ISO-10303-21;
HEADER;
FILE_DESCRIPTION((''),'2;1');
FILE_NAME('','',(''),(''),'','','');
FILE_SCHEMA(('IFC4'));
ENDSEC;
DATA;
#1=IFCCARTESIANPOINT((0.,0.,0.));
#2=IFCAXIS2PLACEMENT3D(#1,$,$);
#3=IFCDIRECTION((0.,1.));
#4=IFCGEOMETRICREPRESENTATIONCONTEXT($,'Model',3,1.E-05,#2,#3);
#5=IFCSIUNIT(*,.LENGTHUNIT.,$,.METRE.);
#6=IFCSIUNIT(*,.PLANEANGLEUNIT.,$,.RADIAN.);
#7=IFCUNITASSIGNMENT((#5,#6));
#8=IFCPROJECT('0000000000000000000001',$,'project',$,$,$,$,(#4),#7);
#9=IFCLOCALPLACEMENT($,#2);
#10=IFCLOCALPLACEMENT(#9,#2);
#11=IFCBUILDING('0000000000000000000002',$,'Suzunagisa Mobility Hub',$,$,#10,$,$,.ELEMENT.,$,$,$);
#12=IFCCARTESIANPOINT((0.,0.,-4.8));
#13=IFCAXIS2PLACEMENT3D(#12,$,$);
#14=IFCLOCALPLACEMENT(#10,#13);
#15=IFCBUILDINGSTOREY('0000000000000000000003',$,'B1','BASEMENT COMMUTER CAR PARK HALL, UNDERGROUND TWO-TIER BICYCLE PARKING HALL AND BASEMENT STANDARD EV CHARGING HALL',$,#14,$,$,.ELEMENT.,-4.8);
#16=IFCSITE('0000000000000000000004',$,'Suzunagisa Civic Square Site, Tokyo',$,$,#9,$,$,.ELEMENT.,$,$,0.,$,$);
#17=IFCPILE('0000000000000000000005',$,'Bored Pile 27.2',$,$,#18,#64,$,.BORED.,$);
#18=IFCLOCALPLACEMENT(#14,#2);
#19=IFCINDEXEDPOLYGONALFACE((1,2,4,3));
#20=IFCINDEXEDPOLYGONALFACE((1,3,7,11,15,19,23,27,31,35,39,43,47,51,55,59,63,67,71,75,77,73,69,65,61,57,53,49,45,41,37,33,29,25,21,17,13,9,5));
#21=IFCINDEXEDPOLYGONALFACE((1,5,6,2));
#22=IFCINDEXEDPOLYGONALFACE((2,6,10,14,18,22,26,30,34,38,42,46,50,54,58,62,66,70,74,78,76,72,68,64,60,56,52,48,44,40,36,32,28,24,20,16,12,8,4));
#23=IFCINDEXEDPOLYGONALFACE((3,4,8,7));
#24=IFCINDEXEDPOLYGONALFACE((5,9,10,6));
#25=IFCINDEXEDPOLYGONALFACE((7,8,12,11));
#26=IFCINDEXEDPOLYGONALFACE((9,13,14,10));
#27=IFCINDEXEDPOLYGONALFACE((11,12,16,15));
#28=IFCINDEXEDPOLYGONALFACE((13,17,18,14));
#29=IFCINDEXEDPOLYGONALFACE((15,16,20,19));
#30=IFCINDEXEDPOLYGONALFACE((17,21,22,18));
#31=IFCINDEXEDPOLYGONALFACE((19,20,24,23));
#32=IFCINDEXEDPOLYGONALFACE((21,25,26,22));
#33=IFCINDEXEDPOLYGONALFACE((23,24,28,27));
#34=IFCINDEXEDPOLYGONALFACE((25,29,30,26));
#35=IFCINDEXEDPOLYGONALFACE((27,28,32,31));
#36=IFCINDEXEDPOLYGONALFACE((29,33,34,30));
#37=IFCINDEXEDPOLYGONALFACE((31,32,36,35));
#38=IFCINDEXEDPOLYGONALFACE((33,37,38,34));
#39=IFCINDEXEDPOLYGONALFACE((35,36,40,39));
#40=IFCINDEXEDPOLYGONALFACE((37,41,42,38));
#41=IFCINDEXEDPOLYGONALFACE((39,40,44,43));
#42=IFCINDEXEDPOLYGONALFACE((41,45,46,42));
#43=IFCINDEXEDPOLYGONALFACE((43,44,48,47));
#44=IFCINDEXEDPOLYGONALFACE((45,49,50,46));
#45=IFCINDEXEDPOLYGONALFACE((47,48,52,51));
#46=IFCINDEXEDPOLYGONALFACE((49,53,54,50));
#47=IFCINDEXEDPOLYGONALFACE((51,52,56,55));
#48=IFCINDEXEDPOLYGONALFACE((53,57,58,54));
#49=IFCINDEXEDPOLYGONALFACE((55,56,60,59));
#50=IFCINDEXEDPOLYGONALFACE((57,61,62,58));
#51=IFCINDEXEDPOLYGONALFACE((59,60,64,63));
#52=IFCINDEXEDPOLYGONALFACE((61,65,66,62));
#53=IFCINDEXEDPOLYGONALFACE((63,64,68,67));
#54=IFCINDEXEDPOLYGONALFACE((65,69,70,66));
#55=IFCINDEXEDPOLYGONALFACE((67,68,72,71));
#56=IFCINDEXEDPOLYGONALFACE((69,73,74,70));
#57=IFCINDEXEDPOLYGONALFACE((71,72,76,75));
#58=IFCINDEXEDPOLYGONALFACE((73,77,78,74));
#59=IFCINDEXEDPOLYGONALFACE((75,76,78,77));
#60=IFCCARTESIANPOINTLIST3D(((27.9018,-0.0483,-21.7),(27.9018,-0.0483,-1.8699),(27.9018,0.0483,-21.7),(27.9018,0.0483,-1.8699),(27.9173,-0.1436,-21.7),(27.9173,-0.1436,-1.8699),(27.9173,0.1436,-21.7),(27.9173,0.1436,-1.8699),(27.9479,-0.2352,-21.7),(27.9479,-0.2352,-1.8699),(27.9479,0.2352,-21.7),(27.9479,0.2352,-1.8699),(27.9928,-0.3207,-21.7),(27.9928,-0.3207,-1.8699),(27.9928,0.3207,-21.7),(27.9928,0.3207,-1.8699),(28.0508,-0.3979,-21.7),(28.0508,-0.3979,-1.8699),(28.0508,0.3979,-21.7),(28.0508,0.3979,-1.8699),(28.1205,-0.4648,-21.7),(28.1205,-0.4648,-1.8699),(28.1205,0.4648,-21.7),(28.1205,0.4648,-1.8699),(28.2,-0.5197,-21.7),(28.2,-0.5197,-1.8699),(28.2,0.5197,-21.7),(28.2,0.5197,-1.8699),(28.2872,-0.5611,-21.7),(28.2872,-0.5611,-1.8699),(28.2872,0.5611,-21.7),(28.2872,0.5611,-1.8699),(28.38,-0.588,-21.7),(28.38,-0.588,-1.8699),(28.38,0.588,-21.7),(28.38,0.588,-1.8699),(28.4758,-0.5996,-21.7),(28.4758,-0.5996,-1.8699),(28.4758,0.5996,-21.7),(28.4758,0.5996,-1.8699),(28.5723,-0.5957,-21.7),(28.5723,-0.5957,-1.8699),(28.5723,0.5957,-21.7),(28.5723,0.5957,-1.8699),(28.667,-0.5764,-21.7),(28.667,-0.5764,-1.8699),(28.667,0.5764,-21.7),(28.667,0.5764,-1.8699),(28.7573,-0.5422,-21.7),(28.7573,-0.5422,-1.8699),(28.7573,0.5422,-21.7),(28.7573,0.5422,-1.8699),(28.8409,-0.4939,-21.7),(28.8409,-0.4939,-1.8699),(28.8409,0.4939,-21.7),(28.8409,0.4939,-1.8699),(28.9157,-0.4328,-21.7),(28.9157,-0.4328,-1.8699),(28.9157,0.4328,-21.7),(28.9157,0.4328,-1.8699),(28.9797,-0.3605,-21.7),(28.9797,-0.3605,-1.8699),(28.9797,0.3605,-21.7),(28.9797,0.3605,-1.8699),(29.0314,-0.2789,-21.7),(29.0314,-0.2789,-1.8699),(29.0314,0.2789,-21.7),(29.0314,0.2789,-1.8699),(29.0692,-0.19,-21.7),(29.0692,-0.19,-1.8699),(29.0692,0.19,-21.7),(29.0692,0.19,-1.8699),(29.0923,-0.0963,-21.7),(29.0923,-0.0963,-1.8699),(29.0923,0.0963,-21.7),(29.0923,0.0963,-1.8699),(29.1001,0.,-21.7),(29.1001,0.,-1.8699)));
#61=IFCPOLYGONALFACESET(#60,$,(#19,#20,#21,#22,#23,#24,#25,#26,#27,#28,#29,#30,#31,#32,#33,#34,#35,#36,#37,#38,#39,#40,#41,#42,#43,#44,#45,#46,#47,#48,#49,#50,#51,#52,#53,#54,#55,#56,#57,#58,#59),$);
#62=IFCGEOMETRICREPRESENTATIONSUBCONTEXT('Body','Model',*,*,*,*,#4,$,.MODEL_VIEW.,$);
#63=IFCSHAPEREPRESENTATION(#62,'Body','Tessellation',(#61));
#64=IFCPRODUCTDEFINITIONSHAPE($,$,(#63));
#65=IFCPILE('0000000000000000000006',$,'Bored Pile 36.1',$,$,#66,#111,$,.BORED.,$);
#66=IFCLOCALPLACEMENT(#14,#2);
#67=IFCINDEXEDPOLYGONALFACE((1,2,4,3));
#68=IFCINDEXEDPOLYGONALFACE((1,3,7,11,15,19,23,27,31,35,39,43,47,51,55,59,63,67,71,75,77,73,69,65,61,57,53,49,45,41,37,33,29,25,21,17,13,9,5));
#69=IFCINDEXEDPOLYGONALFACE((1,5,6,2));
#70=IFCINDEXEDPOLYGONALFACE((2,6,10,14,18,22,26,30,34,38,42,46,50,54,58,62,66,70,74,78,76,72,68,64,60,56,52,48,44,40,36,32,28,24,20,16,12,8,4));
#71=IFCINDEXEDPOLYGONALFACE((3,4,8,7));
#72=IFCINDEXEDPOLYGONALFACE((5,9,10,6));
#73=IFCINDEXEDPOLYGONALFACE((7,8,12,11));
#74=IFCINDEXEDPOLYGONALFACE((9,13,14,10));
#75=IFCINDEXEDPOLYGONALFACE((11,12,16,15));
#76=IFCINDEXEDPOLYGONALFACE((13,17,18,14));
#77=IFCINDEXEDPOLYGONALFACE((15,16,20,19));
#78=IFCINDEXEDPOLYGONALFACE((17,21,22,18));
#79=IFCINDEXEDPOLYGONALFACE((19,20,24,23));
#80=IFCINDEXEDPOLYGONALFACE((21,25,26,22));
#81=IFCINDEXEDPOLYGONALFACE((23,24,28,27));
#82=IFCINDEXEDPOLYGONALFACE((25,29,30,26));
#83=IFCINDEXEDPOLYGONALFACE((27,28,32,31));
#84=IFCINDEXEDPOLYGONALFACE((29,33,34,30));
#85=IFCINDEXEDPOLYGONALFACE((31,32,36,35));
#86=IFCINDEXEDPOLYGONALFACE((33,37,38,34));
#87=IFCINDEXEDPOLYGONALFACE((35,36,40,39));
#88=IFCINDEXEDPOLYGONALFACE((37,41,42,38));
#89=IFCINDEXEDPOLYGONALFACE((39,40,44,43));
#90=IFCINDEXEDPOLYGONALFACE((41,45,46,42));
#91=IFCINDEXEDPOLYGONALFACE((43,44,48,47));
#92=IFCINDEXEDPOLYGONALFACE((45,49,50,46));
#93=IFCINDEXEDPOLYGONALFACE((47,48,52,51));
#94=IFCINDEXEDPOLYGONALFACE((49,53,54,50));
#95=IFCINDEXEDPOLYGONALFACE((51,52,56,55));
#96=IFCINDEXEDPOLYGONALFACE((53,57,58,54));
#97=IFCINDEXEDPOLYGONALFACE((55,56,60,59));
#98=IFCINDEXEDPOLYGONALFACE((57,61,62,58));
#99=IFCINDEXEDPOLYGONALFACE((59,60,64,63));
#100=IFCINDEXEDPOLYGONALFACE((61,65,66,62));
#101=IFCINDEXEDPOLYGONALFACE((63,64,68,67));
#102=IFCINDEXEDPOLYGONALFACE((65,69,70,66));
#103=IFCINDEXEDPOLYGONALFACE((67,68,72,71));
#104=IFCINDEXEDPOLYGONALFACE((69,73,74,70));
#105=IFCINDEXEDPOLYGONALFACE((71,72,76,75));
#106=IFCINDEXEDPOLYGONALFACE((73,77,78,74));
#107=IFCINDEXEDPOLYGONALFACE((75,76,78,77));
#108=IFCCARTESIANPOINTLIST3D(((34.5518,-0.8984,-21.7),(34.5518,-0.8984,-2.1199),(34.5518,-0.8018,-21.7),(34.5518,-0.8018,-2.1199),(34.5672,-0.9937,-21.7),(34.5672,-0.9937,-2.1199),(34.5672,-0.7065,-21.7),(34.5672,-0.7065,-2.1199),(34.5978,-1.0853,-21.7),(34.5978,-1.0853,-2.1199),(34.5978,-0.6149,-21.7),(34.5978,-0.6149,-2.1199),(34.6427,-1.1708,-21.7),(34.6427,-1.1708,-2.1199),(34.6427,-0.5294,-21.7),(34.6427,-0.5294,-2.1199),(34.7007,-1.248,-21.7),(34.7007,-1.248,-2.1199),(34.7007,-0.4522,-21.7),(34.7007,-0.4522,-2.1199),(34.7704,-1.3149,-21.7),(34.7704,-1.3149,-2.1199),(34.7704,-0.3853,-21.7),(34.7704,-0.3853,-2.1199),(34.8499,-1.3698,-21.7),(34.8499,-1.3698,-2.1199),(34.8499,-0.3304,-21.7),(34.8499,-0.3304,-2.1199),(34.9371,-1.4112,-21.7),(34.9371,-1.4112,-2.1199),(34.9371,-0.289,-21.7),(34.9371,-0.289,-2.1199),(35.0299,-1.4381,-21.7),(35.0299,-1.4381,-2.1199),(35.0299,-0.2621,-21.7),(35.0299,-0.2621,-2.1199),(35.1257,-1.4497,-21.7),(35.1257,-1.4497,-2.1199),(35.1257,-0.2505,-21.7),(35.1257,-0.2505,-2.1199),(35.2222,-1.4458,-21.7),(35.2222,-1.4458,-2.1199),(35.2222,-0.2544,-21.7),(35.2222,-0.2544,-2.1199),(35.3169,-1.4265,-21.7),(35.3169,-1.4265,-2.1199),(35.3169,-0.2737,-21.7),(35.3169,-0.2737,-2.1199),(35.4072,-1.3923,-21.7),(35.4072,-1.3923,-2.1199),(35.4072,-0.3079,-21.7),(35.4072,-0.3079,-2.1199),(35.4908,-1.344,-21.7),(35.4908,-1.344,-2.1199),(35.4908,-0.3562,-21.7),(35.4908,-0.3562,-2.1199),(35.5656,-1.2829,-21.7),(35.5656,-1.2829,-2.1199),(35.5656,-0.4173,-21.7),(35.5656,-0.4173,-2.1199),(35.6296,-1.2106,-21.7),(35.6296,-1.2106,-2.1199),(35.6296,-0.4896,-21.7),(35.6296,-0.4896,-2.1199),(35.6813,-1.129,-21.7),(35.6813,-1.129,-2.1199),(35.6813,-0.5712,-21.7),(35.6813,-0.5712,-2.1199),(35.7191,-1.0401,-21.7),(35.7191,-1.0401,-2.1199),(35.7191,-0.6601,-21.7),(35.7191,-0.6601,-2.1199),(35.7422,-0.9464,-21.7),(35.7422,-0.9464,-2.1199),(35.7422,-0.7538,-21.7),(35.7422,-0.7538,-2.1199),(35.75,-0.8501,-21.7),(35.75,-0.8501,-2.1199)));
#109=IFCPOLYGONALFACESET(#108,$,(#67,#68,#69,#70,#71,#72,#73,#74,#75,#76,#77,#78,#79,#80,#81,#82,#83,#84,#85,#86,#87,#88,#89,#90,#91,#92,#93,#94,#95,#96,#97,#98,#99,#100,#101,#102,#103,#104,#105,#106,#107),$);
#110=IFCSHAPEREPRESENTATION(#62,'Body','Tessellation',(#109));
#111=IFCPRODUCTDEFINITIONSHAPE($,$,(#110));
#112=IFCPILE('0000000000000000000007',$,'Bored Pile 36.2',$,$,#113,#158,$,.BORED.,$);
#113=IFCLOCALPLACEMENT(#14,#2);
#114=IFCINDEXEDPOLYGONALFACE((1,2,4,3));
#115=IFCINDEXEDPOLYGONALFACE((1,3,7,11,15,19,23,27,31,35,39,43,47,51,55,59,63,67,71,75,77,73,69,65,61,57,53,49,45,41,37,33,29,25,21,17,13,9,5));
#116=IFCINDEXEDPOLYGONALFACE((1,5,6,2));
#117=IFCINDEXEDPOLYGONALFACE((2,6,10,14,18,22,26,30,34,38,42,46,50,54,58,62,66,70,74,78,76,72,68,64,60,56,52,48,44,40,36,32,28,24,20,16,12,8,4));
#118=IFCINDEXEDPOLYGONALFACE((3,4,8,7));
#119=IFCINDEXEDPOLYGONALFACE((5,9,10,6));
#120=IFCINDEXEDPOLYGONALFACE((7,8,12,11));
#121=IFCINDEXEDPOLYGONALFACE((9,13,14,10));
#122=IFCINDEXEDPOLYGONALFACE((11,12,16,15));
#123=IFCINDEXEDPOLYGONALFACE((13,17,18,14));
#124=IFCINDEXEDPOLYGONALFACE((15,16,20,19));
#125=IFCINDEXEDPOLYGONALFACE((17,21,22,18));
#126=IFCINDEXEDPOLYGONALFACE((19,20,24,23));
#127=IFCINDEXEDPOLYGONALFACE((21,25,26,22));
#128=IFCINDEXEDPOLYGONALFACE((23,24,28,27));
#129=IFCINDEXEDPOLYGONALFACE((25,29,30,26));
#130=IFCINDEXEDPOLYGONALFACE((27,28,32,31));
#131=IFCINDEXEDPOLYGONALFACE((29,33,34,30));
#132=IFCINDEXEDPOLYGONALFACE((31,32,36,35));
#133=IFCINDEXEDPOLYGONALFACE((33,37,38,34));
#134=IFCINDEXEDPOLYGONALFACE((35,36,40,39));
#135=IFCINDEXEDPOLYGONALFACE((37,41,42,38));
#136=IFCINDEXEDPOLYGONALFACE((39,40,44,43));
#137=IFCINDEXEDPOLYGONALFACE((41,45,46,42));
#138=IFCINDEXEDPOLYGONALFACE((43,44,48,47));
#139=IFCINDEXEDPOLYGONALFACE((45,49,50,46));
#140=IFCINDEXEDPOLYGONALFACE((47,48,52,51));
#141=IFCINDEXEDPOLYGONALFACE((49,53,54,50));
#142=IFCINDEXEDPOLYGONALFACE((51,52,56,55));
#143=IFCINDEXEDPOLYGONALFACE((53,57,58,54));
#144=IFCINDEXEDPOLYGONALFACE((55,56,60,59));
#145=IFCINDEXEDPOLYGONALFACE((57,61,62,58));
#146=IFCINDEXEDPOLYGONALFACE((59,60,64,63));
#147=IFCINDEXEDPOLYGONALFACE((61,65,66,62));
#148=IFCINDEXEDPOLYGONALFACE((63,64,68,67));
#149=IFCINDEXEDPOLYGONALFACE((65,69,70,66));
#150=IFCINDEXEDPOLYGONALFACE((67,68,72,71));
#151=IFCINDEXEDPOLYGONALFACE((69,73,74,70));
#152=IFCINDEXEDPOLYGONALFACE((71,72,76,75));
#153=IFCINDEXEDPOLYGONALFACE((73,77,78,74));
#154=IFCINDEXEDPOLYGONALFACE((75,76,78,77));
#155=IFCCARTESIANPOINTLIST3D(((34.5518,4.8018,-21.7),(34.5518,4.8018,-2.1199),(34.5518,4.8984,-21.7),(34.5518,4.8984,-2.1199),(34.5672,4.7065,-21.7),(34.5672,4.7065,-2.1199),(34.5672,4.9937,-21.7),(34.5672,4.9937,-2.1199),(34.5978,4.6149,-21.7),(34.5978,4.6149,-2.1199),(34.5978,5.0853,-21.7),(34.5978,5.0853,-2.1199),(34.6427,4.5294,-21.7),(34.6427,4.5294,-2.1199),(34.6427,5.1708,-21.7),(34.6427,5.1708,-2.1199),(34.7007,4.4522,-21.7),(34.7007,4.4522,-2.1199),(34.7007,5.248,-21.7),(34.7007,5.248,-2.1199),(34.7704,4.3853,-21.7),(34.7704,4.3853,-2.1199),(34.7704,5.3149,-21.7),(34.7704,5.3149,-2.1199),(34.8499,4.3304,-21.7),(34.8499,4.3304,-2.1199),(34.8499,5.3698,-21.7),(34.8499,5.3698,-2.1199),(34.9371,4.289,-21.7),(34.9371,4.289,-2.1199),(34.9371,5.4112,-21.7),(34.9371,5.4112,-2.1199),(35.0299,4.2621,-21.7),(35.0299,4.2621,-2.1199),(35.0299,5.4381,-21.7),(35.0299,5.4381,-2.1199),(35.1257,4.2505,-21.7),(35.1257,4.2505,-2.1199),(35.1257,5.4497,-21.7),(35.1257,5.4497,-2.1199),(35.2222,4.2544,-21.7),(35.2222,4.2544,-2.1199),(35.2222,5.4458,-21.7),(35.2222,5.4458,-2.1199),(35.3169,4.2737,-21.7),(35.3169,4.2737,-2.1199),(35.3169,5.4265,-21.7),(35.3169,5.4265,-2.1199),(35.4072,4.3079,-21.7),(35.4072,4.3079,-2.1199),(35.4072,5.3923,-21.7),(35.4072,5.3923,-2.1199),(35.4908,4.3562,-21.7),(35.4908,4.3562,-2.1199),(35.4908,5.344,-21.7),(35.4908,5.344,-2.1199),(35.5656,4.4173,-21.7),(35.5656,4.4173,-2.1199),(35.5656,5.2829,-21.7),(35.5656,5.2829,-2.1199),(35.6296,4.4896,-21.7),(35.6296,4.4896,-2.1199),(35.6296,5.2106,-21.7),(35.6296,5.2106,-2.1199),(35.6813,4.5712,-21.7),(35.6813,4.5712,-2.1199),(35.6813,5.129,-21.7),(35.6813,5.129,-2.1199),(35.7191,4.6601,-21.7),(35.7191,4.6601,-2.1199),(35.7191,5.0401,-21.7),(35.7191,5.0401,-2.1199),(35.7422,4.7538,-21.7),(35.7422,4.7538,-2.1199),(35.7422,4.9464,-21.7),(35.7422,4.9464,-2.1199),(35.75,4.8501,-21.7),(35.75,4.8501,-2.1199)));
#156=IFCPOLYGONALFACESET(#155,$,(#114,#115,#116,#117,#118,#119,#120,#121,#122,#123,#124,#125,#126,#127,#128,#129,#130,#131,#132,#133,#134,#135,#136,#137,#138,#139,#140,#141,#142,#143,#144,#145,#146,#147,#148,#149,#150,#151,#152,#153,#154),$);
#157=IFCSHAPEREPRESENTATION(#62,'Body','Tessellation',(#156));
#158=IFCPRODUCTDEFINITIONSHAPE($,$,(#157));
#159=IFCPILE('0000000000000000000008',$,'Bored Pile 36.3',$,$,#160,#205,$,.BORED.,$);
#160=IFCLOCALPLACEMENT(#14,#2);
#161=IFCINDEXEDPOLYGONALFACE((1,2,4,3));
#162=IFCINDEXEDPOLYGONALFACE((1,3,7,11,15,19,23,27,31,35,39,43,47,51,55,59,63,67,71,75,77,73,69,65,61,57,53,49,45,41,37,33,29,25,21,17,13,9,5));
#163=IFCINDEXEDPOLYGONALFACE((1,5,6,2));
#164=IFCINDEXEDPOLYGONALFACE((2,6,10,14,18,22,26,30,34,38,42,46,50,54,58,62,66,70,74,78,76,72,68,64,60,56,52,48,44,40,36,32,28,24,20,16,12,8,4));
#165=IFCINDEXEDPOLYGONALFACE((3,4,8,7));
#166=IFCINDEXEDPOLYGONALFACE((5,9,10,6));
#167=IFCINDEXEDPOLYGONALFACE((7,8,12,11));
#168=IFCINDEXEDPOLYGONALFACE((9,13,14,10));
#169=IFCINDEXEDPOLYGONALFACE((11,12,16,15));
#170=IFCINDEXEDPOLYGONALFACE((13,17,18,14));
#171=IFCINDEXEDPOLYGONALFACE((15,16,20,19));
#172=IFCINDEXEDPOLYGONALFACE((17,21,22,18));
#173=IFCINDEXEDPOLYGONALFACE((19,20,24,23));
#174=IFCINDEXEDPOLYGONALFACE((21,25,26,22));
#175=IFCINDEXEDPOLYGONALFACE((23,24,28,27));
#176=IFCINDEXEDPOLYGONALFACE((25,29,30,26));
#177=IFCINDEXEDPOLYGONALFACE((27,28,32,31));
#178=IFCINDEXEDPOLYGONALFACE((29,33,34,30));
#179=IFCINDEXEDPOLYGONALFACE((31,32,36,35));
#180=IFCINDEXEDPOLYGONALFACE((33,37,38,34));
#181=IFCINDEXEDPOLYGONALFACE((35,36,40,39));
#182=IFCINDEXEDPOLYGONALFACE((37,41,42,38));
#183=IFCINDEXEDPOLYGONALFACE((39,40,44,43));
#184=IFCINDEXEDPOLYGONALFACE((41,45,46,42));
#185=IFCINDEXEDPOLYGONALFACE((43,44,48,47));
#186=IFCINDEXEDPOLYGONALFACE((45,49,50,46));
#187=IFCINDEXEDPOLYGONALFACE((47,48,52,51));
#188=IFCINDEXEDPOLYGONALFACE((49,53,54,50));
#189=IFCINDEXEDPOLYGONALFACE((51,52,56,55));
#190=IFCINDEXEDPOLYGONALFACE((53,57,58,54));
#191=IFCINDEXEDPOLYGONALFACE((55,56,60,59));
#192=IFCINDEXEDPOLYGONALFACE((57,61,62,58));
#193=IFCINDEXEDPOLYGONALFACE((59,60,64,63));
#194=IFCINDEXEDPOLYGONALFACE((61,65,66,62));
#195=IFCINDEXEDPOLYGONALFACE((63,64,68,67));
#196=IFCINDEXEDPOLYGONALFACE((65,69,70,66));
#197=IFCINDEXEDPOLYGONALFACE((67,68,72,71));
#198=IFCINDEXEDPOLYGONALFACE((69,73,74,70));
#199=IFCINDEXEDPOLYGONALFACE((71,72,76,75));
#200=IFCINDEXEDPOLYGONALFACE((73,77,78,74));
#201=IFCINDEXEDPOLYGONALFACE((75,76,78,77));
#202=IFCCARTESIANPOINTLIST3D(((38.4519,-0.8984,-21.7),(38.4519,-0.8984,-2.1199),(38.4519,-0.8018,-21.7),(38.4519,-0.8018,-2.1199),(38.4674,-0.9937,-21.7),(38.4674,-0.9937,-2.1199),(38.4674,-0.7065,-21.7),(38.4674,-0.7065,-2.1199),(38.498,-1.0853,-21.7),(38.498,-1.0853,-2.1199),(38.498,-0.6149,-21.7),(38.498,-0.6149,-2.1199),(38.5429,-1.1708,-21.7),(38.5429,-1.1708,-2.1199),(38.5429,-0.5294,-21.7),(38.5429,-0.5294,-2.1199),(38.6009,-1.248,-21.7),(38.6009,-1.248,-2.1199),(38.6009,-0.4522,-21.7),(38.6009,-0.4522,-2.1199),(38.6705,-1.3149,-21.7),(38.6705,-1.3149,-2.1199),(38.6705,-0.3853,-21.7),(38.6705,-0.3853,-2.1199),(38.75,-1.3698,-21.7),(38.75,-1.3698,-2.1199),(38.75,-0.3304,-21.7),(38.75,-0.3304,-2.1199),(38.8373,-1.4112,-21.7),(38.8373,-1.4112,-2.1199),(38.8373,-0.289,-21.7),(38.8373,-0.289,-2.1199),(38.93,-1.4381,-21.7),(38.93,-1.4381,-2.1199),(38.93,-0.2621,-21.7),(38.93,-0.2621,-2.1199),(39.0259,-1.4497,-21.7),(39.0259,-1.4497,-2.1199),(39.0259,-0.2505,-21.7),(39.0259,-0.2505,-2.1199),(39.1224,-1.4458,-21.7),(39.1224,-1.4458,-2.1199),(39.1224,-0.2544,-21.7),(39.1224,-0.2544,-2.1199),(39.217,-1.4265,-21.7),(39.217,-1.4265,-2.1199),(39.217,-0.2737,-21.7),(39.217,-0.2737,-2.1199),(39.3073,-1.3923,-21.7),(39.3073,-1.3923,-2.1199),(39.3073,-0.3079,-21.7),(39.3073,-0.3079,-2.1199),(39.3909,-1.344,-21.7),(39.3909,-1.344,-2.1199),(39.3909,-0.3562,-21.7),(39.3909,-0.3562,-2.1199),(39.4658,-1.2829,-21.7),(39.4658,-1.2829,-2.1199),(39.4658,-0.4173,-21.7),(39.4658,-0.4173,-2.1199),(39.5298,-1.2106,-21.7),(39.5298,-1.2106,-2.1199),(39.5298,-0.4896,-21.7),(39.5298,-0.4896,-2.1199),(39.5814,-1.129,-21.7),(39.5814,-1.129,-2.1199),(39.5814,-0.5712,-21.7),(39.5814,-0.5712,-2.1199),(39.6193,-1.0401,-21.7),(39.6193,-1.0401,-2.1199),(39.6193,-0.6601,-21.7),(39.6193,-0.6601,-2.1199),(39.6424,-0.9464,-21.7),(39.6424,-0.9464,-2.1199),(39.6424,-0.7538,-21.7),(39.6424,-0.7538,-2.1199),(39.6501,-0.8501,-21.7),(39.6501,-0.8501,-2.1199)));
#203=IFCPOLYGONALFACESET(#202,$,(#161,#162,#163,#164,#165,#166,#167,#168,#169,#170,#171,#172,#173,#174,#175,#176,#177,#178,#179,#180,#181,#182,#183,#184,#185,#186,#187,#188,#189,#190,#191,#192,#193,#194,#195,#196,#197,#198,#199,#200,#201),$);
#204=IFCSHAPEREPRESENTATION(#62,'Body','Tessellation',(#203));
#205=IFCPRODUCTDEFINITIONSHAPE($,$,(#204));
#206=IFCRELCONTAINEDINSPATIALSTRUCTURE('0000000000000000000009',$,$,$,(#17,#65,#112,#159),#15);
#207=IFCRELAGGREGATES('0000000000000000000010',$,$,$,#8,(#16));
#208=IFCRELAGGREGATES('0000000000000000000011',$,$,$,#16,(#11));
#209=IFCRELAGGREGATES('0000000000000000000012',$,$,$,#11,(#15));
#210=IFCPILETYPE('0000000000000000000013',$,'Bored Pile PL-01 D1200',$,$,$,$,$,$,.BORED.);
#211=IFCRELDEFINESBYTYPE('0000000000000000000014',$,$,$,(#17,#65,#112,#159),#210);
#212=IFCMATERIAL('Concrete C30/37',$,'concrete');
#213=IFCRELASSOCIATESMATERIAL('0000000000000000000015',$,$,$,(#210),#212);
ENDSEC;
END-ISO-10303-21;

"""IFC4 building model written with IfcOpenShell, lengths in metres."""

from ifc_helpers import new_model, si_unit, direction, frame, origin, origin_2d, place, context, subcontext, project, spatial, circle, extrude, material, material_profile, profile_set, type_object, element, save


model = new_model("IFC4")

# Units and contexts
model_context = context("Model", 3, precision=1e-05, world=origin(), true_north=direction((0.0, 1.0)))
body_context = subcontext(model_context, "Body", "Model", "MODEL_VIEW")
ifc_project = project(units=[si_unit("LENGTHUNIT", "METRE"), si_unit("PLANEANGLEUNIT", "RADIAN")], contexts=[model_context])

# Site, building, storey
site_placement = place(None, origin())
site = spatial("IfcSite", under=ifc_project, at=site_placement, Name="Suzunagisa Civic Square Site, Tokyo", CompositionType="ELEMENT", RefElevation=0.0)
building_placement = place(site_placement, origin())
building = spatial("IfcBuilding", under=site, at=building_placement, Name="Suzunagisa Mobility Hub", CompositionType="ELEMENT")
storey_placement = place(building_placement, frame((0.0, 0.0, -4.8)))
storey = spatial("IfcBuildingStorey", under=building, at=storey_placement, Name="B1", Description="BASEMENT COMMUTER CAR PARK HALL, UNDERGROUND TWO-TIER BICYCLE PARKING HALL AND BASEMENT STANDARD EV CHARGING HALL", CompositionType="ELEMENT", Elevation=-4.8)

# Piles
ifc_material_1 = material(Name="Concrete C30/37", Category="concrete")
ifc_material_profile_1 = material_profile(ifc_material_1, circle(Radius=0.6001, at=origin_2d()), Name="BORED PILE D1200")
ifc_profile_set_1 = profile_set([ifc_material_profile_1], Name="Concrete C30/37")
pile_type = type_object("IfcPileType", Name="Bored Pile PL-01 D1200", PredefinedType="BORED", material=ifc_profile_set_1)
pile_placement = place(storey_placement, frame((28.5, 0.0, -1.8699), z_axis=(0.0, 0.0, -1.0), x_axis=(1.0, 0.0, 0.0)))
element("IfcPile", 1, at=pile_placement, inside=storey, type_object=pile_type, Name="Bored Pile 27.2", PredefinedType="BORED", context=body_context, shape_type="SweptSolid", body=[
    extrude(circle(Radius=0.6001, at=origin_2d()), origin(), (0.0, 0.0, 1.0), 19.8301),
])
for number, where, z_axis, x_axis, name in (
    (2, (35.1499, -0.8501, -2.1199), (0.0, 0.0, -1.0), (1.0, 0.0, 0.0), "Bored Pile 36.1"),
    (3, (35.1499, 4.8501, -2.1199), (0.0, 0.0, -1.0), (1.0, 0.0, 0.0), "Bored Pile 36.2"),
    (4, (39.05, -0.8501, -2.1199), (0.0, 0.0, -1.0), (1.0, 0.0, 0.0), "Bored Pile 36.3"),
):
    element("IfcPile", number, at=place(storey_placement, frame(where, z_axis=z_axis, x_axis=x_axis)), inside=storey, type_object=pile_type, Name=name, PredefinedType="BORED", context=body_context, shape_type="SweptSolid", body=[
        extrude(circle(Radius=0.6001, at=origin_2d()), origin(), (0.0, 0.0, 1.0), 19.5801),
    ])

save(model, "model.ifc")
